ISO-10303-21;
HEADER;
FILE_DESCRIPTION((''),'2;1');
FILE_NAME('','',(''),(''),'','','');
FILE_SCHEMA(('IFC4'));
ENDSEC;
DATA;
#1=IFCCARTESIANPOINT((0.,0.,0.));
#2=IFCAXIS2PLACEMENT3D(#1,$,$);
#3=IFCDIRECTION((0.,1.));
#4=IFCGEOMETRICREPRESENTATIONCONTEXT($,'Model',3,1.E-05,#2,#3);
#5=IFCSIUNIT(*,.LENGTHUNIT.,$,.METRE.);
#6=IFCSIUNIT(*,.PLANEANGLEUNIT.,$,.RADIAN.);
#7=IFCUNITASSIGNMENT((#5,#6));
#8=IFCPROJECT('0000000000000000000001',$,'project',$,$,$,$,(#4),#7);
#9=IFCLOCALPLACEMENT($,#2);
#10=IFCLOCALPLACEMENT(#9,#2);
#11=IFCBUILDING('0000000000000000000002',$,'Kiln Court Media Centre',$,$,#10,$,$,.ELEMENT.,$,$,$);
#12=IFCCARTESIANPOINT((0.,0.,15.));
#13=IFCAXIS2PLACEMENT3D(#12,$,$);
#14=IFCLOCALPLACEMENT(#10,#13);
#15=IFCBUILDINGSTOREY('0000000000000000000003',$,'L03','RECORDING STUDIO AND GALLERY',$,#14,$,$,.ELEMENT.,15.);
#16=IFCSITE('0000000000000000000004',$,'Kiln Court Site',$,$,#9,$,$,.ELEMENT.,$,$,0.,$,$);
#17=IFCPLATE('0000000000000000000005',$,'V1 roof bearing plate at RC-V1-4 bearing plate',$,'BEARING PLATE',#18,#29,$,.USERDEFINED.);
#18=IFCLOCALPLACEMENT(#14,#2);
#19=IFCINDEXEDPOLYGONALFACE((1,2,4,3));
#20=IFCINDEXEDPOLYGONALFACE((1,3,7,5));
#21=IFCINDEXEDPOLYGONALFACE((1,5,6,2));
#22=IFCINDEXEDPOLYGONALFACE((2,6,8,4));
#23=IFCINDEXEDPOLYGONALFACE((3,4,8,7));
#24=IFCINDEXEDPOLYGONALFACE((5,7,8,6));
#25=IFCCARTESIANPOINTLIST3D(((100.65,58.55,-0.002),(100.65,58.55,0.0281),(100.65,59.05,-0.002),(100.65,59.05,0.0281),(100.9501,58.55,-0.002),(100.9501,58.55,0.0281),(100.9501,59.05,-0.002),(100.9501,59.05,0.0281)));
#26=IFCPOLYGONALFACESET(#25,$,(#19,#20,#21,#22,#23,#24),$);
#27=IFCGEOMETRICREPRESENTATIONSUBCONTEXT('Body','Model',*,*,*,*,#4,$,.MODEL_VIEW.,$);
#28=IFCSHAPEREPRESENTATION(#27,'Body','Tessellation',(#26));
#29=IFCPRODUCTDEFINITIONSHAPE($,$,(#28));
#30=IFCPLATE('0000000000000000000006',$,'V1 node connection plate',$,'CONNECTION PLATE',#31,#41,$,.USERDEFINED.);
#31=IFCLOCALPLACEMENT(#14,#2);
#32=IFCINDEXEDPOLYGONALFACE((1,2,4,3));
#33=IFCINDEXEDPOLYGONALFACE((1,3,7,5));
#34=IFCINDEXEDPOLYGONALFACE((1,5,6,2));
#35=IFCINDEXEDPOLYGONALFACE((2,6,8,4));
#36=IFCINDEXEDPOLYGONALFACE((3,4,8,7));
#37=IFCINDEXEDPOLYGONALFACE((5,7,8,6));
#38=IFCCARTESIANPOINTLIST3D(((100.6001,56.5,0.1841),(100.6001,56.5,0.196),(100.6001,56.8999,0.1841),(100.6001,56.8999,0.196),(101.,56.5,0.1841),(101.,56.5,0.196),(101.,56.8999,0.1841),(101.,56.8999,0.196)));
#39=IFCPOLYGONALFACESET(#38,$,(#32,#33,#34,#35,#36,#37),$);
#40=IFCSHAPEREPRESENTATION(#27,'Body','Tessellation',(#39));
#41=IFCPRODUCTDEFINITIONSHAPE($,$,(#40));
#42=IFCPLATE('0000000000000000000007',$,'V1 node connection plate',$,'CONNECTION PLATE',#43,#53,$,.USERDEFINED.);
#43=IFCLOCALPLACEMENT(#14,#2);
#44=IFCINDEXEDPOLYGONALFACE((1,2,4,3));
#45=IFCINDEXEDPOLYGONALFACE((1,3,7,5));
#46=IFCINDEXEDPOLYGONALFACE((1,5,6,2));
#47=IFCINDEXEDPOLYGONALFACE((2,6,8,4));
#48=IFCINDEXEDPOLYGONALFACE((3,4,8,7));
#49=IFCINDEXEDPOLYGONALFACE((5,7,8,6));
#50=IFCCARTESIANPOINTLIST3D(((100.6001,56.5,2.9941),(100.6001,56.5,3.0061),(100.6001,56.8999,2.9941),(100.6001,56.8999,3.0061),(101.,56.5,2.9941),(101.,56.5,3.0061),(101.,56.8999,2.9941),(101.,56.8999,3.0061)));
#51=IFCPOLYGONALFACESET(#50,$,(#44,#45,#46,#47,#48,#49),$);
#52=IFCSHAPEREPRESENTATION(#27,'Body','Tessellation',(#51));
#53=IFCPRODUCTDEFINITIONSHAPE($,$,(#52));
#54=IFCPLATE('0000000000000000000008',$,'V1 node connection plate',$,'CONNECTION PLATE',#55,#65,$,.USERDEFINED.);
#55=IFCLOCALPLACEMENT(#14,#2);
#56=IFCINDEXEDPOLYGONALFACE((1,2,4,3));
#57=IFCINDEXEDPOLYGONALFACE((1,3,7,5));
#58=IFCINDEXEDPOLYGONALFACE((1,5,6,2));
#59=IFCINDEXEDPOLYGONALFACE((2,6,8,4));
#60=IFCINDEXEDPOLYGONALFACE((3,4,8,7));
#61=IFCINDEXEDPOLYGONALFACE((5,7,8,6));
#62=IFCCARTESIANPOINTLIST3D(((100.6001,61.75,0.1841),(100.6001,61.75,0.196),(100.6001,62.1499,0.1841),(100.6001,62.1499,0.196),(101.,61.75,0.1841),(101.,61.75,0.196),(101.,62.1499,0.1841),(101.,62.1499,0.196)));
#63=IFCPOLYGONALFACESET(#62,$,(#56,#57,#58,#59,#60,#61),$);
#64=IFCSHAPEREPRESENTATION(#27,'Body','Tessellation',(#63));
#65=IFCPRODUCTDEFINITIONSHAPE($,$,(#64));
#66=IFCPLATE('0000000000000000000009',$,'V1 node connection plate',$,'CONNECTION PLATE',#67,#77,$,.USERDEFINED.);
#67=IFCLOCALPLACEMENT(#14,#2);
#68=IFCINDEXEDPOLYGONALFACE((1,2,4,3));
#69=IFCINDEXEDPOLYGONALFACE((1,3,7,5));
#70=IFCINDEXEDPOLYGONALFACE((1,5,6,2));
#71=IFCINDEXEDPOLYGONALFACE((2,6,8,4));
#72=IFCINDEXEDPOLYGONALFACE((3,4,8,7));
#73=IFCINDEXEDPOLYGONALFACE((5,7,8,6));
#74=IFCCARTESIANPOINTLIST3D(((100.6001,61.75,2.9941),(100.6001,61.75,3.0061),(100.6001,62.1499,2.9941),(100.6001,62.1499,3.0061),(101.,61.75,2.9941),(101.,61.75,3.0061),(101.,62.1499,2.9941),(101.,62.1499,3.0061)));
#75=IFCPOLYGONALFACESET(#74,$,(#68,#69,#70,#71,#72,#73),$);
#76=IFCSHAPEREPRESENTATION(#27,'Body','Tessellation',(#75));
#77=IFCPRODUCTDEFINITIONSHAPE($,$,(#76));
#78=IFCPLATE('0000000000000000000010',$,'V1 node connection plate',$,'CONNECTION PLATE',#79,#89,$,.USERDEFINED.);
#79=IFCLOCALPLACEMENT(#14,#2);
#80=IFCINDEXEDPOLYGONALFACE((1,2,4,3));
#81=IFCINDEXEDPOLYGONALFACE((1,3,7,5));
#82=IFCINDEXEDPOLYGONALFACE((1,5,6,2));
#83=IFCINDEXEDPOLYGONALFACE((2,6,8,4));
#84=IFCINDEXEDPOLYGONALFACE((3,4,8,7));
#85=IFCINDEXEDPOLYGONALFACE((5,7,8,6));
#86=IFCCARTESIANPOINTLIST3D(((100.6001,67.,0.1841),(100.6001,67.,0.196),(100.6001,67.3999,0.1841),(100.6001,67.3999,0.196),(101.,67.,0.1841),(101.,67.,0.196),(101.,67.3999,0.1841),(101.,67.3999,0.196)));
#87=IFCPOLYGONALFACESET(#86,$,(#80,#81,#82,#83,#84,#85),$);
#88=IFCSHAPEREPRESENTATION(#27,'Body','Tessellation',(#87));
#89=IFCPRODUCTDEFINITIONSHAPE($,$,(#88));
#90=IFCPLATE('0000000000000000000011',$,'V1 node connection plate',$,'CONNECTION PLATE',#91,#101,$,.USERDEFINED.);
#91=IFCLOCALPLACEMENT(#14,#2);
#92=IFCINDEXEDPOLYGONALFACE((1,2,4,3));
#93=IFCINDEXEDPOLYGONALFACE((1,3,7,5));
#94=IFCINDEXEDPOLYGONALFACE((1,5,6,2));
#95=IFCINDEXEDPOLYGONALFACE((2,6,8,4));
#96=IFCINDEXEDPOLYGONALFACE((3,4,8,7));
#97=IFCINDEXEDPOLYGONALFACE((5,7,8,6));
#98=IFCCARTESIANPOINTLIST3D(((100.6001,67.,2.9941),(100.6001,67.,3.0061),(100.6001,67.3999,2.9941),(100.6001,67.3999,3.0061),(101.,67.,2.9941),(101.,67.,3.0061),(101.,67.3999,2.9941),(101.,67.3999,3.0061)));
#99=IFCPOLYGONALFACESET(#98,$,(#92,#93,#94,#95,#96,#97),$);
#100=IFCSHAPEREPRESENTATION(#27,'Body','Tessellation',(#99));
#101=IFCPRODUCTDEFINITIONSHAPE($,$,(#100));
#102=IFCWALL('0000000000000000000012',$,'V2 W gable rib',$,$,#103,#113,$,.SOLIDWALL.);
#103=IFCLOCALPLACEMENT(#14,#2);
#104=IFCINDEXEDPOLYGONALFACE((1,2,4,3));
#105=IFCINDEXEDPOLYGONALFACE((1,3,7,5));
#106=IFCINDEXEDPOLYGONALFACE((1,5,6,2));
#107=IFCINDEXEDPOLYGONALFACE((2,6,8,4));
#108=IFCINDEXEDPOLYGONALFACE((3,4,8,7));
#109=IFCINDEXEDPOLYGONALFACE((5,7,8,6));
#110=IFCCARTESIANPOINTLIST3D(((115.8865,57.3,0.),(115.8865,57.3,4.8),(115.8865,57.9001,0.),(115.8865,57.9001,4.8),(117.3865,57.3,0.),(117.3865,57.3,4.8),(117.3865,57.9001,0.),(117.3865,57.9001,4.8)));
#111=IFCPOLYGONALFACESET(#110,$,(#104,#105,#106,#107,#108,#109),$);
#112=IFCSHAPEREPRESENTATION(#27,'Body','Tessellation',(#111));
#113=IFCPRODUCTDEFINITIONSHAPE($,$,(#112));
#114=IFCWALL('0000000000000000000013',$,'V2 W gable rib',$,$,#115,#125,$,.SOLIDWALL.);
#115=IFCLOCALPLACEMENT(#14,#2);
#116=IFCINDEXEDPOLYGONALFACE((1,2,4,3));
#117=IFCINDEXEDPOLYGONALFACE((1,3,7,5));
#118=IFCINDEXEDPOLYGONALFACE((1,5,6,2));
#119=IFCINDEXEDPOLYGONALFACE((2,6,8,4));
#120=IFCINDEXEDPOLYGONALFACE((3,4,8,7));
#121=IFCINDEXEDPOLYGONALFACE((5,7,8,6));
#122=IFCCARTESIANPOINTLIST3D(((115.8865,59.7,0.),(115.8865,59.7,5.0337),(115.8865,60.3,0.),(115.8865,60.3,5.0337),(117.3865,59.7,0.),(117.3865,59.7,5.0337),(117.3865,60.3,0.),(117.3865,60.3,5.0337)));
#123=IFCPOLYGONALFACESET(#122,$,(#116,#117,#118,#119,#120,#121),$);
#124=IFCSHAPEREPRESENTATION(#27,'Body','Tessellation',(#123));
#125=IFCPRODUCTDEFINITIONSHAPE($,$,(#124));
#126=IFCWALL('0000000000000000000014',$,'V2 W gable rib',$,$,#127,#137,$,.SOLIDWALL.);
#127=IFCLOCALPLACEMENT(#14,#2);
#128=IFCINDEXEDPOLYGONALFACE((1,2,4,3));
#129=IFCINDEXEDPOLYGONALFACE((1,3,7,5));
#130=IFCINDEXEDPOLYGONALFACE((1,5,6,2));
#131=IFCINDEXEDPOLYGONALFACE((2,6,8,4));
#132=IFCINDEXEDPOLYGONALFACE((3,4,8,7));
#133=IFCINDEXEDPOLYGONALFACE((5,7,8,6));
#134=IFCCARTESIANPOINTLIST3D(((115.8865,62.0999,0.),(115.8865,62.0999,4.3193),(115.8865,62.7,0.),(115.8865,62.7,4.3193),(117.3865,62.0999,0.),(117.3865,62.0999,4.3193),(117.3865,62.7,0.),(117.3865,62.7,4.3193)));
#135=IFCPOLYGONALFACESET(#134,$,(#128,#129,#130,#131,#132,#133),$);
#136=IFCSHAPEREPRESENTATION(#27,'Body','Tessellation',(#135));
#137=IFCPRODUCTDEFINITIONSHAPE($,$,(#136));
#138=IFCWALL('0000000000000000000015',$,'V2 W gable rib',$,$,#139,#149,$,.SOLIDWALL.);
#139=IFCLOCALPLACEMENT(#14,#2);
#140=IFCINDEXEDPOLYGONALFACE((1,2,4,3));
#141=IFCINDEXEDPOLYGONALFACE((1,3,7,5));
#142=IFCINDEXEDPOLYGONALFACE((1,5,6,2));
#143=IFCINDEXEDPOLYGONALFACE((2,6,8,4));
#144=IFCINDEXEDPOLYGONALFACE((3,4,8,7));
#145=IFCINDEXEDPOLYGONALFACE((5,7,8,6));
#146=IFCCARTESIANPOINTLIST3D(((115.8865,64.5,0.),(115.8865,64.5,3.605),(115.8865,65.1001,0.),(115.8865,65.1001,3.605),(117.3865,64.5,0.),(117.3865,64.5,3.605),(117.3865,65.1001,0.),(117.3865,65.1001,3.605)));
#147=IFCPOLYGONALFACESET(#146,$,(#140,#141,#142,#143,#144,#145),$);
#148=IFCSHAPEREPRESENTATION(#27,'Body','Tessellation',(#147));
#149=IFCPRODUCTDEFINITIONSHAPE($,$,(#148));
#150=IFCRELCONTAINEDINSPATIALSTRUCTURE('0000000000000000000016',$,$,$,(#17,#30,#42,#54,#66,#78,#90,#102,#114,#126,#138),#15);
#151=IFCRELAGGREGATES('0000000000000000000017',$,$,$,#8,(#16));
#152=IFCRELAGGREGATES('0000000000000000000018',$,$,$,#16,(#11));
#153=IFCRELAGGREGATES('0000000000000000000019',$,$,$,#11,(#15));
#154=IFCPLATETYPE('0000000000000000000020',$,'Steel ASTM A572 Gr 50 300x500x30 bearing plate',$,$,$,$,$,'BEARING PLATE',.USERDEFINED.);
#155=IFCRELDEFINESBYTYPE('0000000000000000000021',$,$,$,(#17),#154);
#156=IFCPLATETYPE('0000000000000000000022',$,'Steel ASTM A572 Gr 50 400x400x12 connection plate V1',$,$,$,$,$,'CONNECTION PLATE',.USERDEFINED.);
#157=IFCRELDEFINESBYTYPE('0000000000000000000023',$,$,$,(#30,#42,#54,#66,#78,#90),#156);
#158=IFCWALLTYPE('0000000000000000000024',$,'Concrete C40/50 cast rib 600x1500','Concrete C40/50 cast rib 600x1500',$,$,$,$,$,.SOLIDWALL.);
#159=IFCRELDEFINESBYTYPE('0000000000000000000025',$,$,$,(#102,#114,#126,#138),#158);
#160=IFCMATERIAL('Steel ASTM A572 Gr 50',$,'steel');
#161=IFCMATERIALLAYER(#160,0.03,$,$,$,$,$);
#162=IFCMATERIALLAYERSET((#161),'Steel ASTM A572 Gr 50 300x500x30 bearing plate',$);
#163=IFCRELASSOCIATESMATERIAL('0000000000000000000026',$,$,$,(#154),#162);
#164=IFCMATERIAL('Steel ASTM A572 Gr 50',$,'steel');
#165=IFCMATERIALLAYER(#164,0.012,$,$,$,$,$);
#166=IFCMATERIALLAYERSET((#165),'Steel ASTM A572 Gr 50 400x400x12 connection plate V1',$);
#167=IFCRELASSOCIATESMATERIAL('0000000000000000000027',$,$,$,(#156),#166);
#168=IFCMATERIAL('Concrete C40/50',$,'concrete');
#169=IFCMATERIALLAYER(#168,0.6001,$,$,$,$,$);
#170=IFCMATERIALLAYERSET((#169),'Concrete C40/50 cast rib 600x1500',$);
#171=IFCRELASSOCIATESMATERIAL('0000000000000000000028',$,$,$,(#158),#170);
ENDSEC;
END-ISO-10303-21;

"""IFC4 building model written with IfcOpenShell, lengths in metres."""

from ifc_helpers import new_model, si_unit, direction, frame, frame_2d, origin, origin_2d, place, context, subcontext, project, spatial, rectangle, extrude, material, layer, layer_set, type_object, element, save


model = new_model("IFC4")

# Units and contexts
model_context = context("Model", 3, precision=1e-05, world=origin(), true_north=direction((0.0, 1.0)))
body_context = subcontext(model_context, "Body", "Model", "MODEL_VIEW")
ifc_project = project(units=[si_unit("LENGTHUNIT", "METRE"), si_unit("PLANEANGLEUNIT", "RADIAN")], contexts=[model_context])

# Site, building, storey
site_placement = place(None, origin())
site = spatial("IfcSite", under=ifc_project, at=site_placement, Name="Kiln Court Site", CompositionType="ELEMENT", RefElevation=0.0)
building_placement = place(site_placement, origin())
building = spatial("IfcBuilding", under=site, at=building_placement, Name="Kiln Court Media Centre", CompositionType="ELEMENT")
storey_placement = place(building_placement, frame((0.0, 0.0, 15.0)))
storey = spatial("IfcBuildingStorey", under=building, at=storey_placement, Name="L03", Description="RECORDING STUDIO AND GALLERY", CompositionType="ELEMENT", Elevation=15.0)

# Plates
ifc_material_1 = material(Name="Steel ASTM A572 Gr 50", Category="steel")
ifc_layer_1 = layer(ifc_material_1, 0.03)
ifc_layer_set_1 = layer_set([ifc_layer_1], Name="Steel ASTM A572 Gr 50 300x500x30 bearing plate")
plate_type_1 = type_object("IfcPlateType", Name="Steel ASTM A572 Gr 50 300x500x30 bearing plate", ElementType="BEARING PLATE", PredefinedType="USERDEFINED", material=ifc_layer_set_1)
for number, where, z_axis, x_axis, name in (
    (1, (100.8, 58.8, -0.002), (0.0, 0.0, 1.0), (1.0, 0.0, 0.0), "V1 roof bearing plate at RC-V1-4 bearing plate"),
):
    element("IfcPlate", number, at=place(storey_placement, frame(where, z_axis=z_axis, x_axis=x_axis)), inside=storey, type_object=plate_type_1, Name=name, ObjectType="BEARING PLATE", PredefinedType="USERDEFINED", context=body_context, shape_type="SweptSolid", body=[
        extrude(rectangle(XDim=0.3, YDim=0.5, at=origin_2d()), origin(), (0.0, 0.0, 1.0), 0.03),
    ])
ifc_material_2 = material(Name="Steel ASTM A572 Gr 50", Category="steel")
ifc_layer_2 = layer(ifc_material_2, 0.012)
ifc_layer_set_2 = layer_set([ifc_layer_2], Name="Steel ASTM A572 Gr 50 400x400x12 connection plate V1")
plate_type_2 = type_object("IfcPlateType", Name="Steel ASTM A572 Gr 50 400x400x12 connection plate V1", ElementType="CONNECTION PLATE", PredefinedType="USERDEFINED", material=ifc_layer_set_2)
for number, where, z_axis, x_axis, name in (
    (2, (100.8, 56.7, 0.1841), (0.0, 0.0, 1.0), (1.0, 0.0, 0.0), "V1 node connection plate"),
    (3, (100.8, 56.7, 2.9941), (0.0, 0.0, 1.0), (1.0, 0.0, 0.0), "V1 node connection plate"),
    (4, (100.8, 61.95, 0.1841), (0.0, 0.0, 1.0), (1.0, 0.0, 0.0), "V1 node connection plate"),
    (5, (100.8, 61.95, 2.9941), (0.0, 0.0, 1.0), (1.0, 0.0, 0.0), "V1 node connection plate"),
    (6, (100.8, 67.2, 0.1841), (0.0, 0.0, 1.0), (1.0, 0.0, 0.0), "V1 node connection plate"),
    (7, (100.8, 67.2, 2.9941), (0.0, 0.0, 1.0), (1.0, 0.0, 0.0), "V1 node connection plate"),
):
    element("IfcPlate", number, at=place(storey_placement, frame(where, z_axis=z_axis, x_axis=x_axis)), inside=storey, type_object=plate_type_2, Name=name, ObjectType="CONNECTION PLATE", PredefinedType="USERDEFINED", context=body_context, shape_type="SweptSolid", body=[
        extrude(rectangle(XDim=0.3999, YDim=0.3999, at=origin_2d()), origin(), (0.0, 0.0, 1.0), 0.012),
    ])

# Walls
ifc_material_3 = material(Name="Concrete C40/50", Category="concrete")
ifc_layer_3 = layer(ifc_material_3, 0.6001)
ifc_layer_set_3 = layer_set([ifc_layer_3], Name="Concrete C40/50 cast rib 600x1500")
wall_type = type_object("IfcWallType", Name="Concrete C40/50 cast rib 600x1500", Description="Concrete C40/50 cast rib 600x1500", PredefinedType="SOLIDWALL", material=ifc_layer_set_3)
wall_1_placement = place(storey_placement, frame((117.3865, 57.6001, 0.0), z_axis=(0.0, 0.0, 1.0), x_axis=(-1.0, 0.0, 0.0)))
element("IfcWall", 8, at=wall_1_placement, inside=storey, type_object=wall_type, Name="V2 W gable rib", PredefinedType="SOLIDWALL", context=body_context, shape_type="SweptSolid", body=[
    extrude(rectangle(XDim=1.5, YDim=0.6001, at=frame_2d((0.75, 0.0))), origin(), (0.0, 0.0, 1.0), 4.8),
])
wall_2_placement = place(storey_placement, frame((117.3865, 60.0, 0.0), z_axis=(0.0, 0.0, 1.0), x_axis=(-1.0, 0.0, 0.0)))
element("IfcWall", 9, at=wall_2_placement, inside=storey, type_object=wall_type, Name="V2 W gable rib", PredefinedType="SOLIDWALL", context=body_context, shape_type="SweptSolid", body=[
    extrude(rectangle(XDim=1.5, YDim=0.6001, at=frame_2d((0.75, 0.0))), origin(), (0.0, 0.0, 1.0), 5.0337),
])
wall_3_placement = place(storey_placement, frame((117.3865, 62.3999, 0.0), z_axis=(0.0, 0.0, 1.0), x_axis=(-1.0, 0.0, 0.0)))
element("IfcWall", 10, at=wall_3_placement, inside=storey, type_object=wall_type, Name="V2 W gable rib", PredefinedType="SOLIDWALL", context=body_context, shape_type="SweptSolid", body=[
    extrude(rectangle(XDim=1.5, YDim=0.6001, at=frame_2d((0.75, 0.0))), origin(), (0.0, 0.0, 1.0), 4.3193),
])
wall_4_placement = place(storey_placement, frame((117.3865, 64.8, 0.0), z_axis=(0.0, 0.0, 1.0), x_axis=(-1.0, 0.0, 0.0)))
element("IfcWall", 11, at=wall_4_placement, inside=storey, type_object=wall_type, Name="V2 W gable rib", PredefinedType="SOLIDWALL", context=body_context, shape_type="SweptSolid", body=[
    extrude(rectangle(XDim=1.5, YDim=0.6001, at=frame_2d((0.75, 0.0))), origin(), (0.0, 0.0, 1.0), 3.605),
])

save(model, "model.ifc")
